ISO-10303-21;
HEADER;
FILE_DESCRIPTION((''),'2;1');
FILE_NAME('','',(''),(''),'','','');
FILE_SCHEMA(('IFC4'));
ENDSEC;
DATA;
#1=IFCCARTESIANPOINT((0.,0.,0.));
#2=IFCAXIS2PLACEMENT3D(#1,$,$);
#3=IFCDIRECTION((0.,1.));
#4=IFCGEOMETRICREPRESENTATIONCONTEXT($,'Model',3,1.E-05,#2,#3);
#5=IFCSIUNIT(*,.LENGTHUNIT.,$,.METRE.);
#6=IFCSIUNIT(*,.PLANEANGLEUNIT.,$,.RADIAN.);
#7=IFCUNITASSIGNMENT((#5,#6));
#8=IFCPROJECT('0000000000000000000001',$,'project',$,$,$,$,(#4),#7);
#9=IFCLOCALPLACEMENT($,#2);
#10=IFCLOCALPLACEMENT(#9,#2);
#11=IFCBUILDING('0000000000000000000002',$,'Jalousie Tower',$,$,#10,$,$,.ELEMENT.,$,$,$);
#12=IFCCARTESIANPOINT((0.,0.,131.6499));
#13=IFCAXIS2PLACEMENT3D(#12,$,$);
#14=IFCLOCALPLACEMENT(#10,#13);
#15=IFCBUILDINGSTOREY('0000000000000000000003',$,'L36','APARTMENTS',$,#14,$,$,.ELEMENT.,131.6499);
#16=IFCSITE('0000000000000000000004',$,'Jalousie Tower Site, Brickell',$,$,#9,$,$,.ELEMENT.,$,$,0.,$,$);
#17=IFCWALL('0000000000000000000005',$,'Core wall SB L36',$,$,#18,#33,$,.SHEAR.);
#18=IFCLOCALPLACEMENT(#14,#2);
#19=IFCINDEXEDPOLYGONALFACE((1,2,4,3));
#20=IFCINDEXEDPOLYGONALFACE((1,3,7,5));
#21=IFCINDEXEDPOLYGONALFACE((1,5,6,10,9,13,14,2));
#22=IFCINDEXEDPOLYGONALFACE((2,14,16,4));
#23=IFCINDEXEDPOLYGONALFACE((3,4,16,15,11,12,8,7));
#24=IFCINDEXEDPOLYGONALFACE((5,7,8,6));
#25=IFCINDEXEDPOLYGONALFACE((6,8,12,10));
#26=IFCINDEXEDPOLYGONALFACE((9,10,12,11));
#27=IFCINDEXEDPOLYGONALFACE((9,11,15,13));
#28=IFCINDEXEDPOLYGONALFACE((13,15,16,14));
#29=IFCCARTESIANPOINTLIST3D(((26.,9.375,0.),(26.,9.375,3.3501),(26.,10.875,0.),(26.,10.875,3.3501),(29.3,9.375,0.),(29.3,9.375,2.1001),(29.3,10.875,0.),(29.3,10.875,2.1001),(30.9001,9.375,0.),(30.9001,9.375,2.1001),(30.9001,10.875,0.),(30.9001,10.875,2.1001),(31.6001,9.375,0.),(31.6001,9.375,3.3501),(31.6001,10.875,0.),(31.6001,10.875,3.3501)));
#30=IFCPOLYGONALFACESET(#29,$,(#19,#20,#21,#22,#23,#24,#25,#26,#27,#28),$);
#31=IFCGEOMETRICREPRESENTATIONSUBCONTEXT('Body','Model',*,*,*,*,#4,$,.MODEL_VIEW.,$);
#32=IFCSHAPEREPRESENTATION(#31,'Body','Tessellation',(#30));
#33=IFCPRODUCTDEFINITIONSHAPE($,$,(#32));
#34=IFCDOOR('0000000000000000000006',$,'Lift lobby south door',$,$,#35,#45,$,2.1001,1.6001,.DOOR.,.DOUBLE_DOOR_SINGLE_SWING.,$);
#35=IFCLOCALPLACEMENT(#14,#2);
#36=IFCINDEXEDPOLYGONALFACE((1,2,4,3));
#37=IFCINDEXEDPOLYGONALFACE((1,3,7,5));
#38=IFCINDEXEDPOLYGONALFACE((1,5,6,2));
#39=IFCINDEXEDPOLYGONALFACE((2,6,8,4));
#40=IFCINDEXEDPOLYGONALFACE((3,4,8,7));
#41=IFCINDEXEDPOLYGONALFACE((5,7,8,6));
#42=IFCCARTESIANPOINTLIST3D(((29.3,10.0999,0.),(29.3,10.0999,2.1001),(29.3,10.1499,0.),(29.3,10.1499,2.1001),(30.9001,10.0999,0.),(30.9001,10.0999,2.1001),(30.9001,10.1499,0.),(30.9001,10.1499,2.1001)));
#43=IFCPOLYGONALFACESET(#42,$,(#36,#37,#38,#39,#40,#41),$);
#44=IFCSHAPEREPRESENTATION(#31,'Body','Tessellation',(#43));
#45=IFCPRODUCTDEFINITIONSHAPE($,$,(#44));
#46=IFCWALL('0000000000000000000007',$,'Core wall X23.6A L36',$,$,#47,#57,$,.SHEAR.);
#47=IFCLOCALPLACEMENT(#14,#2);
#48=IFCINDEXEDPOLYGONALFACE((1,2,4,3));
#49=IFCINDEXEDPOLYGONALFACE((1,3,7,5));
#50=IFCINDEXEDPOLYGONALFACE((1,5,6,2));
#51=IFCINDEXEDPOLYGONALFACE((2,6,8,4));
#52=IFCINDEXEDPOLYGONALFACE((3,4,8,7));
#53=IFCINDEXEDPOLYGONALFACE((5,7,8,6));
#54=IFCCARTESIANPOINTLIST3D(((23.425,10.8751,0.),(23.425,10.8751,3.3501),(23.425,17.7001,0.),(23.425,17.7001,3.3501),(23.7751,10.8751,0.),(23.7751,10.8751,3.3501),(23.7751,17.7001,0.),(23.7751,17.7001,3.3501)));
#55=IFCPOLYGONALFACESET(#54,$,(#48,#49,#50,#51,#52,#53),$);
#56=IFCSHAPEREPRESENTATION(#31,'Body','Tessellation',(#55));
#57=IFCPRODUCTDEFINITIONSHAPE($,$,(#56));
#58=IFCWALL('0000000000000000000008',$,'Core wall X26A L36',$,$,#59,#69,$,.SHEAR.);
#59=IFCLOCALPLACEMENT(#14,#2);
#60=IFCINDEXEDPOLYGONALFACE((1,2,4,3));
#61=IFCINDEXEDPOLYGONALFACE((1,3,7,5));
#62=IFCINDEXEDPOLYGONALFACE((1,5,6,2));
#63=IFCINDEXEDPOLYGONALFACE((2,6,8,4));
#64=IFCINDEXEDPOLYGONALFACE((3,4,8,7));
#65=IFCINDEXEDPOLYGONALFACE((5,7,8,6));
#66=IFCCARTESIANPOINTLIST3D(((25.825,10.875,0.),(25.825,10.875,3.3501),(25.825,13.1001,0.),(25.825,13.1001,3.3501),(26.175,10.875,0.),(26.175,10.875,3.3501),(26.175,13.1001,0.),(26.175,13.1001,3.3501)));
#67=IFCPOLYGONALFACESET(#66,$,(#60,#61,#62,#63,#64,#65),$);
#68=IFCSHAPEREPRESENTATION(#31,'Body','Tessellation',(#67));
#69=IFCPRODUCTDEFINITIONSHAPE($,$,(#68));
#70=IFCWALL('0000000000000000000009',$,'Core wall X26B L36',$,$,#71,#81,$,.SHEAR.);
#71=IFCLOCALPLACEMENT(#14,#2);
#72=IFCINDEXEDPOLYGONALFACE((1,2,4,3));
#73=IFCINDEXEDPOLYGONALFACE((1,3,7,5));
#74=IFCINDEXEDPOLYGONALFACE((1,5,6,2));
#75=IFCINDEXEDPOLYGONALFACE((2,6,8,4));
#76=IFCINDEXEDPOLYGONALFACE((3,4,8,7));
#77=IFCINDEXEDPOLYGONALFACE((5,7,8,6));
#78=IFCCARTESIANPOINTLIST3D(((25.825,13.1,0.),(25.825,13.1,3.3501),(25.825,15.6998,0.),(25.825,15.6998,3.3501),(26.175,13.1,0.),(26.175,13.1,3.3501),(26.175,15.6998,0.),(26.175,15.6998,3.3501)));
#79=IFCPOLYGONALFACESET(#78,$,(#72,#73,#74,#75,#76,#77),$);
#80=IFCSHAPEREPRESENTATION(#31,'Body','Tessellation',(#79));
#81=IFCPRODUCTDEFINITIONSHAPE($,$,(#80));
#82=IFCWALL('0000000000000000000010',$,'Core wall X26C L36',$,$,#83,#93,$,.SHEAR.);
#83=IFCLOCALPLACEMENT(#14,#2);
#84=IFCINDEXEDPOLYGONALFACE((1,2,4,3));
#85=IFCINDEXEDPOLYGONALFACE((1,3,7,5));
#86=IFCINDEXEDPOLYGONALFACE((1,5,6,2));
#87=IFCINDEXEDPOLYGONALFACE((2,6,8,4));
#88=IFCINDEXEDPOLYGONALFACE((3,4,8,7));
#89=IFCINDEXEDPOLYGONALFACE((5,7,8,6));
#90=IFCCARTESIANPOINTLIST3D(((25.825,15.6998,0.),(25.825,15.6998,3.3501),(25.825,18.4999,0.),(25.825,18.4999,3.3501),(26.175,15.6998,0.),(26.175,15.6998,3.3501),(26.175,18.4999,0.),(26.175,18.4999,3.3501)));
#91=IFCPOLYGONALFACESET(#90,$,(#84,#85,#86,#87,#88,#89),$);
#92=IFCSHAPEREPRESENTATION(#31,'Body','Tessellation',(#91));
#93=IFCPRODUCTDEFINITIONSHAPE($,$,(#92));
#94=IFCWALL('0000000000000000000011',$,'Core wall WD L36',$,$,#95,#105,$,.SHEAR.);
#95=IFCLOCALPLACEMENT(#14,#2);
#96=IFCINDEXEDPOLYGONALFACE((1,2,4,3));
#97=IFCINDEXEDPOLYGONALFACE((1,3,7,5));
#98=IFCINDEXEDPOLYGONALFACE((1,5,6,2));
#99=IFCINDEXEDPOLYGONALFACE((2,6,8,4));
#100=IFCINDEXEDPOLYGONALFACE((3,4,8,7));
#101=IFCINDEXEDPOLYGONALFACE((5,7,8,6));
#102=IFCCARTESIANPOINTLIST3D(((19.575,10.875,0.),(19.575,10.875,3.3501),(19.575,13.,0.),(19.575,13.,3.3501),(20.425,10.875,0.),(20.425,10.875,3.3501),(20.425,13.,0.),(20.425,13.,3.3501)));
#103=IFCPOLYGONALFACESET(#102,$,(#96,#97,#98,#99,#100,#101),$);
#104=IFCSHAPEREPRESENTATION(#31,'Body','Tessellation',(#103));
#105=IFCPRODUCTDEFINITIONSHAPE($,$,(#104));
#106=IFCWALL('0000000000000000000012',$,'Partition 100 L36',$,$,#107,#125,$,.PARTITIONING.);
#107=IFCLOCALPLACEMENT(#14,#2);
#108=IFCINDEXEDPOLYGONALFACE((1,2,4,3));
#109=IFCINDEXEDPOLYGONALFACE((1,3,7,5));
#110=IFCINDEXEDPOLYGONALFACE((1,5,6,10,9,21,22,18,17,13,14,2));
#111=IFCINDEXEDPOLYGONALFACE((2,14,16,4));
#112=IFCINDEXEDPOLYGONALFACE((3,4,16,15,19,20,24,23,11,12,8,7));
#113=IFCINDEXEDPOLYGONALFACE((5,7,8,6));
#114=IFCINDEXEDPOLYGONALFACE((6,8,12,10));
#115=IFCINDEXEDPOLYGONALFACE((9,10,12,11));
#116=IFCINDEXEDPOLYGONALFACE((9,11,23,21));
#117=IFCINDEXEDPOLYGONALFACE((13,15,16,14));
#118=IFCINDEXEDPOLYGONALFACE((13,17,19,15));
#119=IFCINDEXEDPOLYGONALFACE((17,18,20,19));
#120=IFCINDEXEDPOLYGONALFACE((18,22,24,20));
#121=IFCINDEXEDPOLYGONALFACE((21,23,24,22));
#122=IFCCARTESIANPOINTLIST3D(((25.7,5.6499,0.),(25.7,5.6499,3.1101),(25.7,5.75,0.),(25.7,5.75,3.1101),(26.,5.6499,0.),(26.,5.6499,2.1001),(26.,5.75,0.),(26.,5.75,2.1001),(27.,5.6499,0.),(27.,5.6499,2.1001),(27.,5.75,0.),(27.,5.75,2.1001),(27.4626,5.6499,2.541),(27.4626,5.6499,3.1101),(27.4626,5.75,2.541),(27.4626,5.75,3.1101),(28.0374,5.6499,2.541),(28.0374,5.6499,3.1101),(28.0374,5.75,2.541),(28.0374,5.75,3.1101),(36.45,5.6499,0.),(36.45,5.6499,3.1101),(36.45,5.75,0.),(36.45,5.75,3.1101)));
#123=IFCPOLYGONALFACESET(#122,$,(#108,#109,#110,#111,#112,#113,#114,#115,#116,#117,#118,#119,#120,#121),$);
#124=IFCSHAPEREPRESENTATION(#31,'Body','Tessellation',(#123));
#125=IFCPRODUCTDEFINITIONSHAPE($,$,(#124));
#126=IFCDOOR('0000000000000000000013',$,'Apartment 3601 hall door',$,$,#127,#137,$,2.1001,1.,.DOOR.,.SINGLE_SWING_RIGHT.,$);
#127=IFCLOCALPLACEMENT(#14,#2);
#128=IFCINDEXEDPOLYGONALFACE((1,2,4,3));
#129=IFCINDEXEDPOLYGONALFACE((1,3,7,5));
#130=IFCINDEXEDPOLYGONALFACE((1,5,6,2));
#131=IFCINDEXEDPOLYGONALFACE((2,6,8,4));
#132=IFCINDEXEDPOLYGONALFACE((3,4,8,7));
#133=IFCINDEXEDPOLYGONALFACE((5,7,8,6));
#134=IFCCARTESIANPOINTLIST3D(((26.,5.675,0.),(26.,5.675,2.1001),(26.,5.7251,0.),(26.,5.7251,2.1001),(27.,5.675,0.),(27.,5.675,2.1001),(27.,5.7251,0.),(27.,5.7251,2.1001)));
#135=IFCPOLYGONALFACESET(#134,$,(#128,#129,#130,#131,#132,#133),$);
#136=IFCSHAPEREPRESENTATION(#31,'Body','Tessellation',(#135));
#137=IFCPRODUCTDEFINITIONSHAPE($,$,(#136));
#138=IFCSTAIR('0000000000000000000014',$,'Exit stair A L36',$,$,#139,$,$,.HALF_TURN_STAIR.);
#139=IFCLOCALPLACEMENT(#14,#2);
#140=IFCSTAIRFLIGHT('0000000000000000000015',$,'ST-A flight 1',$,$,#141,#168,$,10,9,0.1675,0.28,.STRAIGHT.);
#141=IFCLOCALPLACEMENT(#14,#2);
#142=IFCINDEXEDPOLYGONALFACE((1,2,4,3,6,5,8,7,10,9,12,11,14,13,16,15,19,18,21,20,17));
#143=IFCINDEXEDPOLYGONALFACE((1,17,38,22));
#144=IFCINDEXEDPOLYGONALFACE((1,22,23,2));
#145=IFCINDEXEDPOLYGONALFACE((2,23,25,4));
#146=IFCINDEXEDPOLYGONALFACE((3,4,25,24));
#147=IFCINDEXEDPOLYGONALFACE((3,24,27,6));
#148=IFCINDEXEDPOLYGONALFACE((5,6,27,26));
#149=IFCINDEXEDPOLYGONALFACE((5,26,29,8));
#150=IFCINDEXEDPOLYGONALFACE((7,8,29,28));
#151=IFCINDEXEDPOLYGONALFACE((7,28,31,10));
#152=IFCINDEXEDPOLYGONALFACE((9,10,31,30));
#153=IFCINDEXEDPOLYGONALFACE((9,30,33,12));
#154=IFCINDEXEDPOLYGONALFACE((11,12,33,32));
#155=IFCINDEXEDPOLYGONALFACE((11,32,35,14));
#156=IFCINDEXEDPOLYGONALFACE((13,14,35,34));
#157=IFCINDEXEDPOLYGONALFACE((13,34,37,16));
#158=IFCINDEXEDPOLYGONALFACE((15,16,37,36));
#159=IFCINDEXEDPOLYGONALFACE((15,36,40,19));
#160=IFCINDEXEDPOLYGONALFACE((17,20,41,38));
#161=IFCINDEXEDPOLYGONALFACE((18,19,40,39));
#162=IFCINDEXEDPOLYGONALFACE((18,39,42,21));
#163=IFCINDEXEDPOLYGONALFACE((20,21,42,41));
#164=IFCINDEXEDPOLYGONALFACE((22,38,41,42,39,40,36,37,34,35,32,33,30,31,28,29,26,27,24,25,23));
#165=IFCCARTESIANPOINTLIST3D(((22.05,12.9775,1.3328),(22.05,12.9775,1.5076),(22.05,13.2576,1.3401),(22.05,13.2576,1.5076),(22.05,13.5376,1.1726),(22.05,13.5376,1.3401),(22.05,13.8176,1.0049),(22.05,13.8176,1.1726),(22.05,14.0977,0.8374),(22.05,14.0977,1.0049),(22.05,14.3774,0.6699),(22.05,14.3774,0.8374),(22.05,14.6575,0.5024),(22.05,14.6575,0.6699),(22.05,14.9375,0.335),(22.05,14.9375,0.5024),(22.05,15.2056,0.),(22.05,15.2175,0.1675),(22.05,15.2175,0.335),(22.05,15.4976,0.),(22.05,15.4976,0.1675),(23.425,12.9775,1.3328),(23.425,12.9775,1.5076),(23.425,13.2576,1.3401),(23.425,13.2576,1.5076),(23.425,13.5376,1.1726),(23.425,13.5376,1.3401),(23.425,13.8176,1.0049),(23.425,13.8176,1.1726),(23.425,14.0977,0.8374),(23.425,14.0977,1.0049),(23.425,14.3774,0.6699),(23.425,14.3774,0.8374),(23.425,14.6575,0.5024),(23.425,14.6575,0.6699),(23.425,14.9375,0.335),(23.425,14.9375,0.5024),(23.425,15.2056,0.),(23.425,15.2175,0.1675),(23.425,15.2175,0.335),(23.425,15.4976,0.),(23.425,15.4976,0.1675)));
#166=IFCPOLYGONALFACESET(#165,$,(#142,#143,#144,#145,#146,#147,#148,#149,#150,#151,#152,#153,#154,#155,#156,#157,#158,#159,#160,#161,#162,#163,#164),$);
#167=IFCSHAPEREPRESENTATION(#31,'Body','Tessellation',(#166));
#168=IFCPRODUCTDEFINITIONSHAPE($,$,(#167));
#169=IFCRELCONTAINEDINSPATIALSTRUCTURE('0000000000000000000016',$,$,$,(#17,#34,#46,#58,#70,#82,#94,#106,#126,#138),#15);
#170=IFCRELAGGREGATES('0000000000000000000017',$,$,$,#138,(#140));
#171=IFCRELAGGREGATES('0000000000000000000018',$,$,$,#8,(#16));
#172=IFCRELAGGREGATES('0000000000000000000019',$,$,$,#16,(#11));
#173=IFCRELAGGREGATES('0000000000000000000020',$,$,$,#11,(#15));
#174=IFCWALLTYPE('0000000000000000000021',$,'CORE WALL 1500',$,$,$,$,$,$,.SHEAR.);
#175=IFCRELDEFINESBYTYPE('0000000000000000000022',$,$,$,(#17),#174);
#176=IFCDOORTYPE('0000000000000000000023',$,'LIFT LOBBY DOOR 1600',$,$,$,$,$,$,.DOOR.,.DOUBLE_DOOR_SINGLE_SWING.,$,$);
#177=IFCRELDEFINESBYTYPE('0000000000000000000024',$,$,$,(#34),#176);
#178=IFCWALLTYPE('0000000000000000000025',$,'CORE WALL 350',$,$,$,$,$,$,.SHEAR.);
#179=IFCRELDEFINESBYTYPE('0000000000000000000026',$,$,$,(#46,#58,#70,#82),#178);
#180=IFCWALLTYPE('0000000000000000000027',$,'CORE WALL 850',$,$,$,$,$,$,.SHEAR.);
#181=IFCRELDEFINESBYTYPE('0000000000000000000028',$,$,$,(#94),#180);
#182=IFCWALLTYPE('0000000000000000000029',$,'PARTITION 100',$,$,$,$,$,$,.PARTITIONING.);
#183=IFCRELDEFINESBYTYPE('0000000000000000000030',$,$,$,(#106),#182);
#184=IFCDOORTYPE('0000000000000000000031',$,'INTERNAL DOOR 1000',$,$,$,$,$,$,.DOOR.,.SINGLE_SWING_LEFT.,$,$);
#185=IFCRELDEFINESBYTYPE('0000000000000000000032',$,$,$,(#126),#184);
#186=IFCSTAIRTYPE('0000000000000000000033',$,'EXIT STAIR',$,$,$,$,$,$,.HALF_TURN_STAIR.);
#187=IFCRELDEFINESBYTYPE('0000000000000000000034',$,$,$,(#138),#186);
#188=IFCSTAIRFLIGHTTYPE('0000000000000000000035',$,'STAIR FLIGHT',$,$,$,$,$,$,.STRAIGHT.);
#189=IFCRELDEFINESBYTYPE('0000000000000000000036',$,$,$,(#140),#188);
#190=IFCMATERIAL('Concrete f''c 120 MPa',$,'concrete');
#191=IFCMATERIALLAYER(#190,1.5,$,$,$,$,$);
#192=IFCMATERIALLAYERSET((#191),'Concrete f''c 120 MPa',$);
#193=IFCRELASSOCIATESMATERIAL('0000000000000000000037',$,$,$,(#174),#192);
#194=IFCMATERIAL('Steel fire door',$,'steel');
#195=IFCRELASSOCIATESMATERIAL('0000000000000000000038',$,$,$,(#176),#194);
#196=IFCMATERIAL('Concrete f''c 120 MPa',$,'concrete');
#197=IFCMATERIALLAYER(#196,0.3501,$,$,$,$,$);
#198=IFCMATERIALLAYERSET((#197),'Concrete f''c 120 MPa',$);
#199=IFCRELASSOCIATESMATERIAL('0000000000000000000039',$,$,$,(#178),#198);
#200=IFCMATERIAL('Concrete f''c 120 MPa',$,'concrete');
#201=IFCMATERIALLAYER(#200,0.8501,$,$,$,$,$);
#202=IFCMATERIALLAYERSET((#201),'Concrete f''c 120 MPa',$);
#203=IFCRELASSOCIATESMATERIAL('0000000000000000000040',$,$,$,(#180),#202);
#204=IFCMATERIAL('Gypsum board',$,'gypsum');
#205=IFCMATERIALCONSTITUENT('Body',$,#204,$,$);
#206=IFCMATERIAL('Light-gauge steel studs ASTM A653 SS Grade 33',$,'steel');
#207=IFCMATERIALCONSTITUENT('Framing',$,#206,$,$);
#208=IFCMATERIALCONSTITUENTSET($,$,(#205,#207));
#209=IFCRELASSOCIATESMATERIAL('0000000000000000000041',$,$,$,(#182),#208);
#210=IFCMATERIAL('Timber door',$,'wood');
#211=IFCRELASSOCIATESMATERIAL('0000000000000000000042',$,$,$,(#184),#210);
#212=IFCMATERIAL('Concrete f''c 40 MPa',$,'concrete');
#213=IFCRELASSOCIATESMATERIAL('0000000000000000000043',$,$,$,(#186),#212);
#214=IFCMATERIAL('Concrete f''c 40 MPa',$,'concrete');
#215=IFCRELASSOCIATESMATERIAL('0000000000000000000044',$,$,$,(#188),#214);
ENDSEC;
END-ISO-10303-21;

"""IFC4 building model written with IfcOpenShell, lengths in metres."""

from ifc_helpers import new_model, si_unit, direction, frame, frame_2d, origin, place, context, subcontext, project, spatial, polyline, rectangle, outline, extrude, material, layer, layer_set, constituent, constituent_set, type_object, element, fill, aggregate, save


model = new_model("IFC4")

# Units and contexts
model_context = context("Model", 3, precision=1e-05, world=origin(), true_north=direction((0.0, 1.0)))
body_context = subcontext(model_context, "Body", "Model", "MODEL_VIEW")
ifc_project = project(units=[si_unit("LENGTHUNIT", "METRE"), si_unit("PLANEANGLEUNIT", "RADIAN")], contexts=[model_context])

# Site, building, storey
site_placement = place(None, origin())
site = spatial("IfcSite", under=ifc_project, at=site_placement, Name="Jalousie Tower Site, Brickell", CompositionType="ELEMENT", RefElevation=0.0)
building_placement = place(site_placement, origin())
building = spatial("IfcBuilding", under=site, at=building_placement, Name="Jalousie Tower", CompositionType="ELEMENT")
storey_placement = place(building_placement, frame((0.0, 0.0, 131.6499)))
storey = spatial("IfcBuildingStorey", under=building, at=storey_placement, Name="L36", Description="APARTMENTS", CompositionType="ELEMENT", Elevation=131.6499)

# Wall, opening, door
ifc_material_1 = material(Name="Concrete f'c 120 MPa", Category="concrete")
ifc_layer_1 = layer(ifc_material_1, 1.5)
ifc_layer_set_1 = layer_set([ifc_layer_1], Name="Concrete f'c 120 MPa")
wall_type_1 = type_object("IfcWallType", Name="CORE WALL 1500", PredefinedType="SHEAR", material=ifc_layer_set_1)
wall_1_placement = place(storey_placement, frame((26.0, 10.125, 0.0), z_axis=(0.0, 0.0, 1.0), x_axis=(1.0, 0.0, 0.0)))
wall_1 = element("IfcWall", 1, at=wall_1_placement, inside=storey, type_object=wall_type_1, Name="Core wall SB L36", PredefinedType="SHEAR", context=body_context, shape_type="SweptSolid", body=[
    extrude(rectangle(XDim=5.6001, YDim=1.5, at=frame_2d((2.8, 0.0))), origin(), (0.0, 0.0, 1.0), 3.3501),
])
opening_1_placement = place(wall_1_placement, frame((3.3, 0.0, 0.0)))
opening_1 = element("IfcOpeningElement", 2, at=opening_1_placement, cuts=wall_1, PredefinedType="OPENING", context=body_context, shape_type="SweptSolid", body=[
    extrude(rectangle(XDim=1.6001, YDim=2.1001, at=frame_2d((0.8, 1.05))), frame((0.0, 0.76, 0.0), z_axis=(0.0, -1.0, 0.0), x_axis=(1.0, 0.0, 0.0)), (0.0, 0.0, 1.0), 1.52),
])
ifc_material_2 = material(Name="Steel fire door", Category="steel")
door_type_1 = type_object("IfcDoorType", Name="LIFT LOBBY DOOR 1600", OperationType="DOUBLE_DOOR_SINGLE_SWING", PredefinedType="DOOR", material=ifc_material_2)
door_1_placement = place(opening_1_placement, origin())
door_1 = element("IfcDoor", 3, at=door_1_placement, inside=storey, type_object=door_type_1, Name="Lift lobby south door", OperationType="DOUBLE_DOOR_SINGLE_SWING", OverallHeight=2.1001, OverallWidth=1.6001, PredefinedType="DOOR", context=body_context, shape_type="SweptSolid", body=[
    extrude(rectangle(XDim=1.6001, YDim=2.1001, at=frame_2d((0.8, 1.05))), frame((0.0, 0.0249, 0.0), z_axis=(0.0, -1.0, 0.0), x_axis=(1.0, 0.0, 0.0)), (0.0, 0.0, 1.0), 0.05),
])
fill(opening_1, door_1)

# Walls
ifc_material_3 = material(Name="Concrete f'c 120 MPa", Category="concrete")
ifc_layer_2 = layer(ifc_material_3, 0.3501)
ifc_layer_set_2 = layer_set([ifc_layer_2], Name="Concrete f'c 120 MPa")
wall_type_2 = type_object("IfcWallType", Name="CORE WALL 350", PredefinedType="SHEAR", material=ifc_layer_set_2)
wall_2_placement = place(storey_placement, frame((23.6001, 10.875, 0.0), z_axis=(0.0, 0.0, 1.0), x_axis=(0.0, 1.0, 0.0)))
element("IfcWall", 4, at=wall_2_placement, inside=storey, type_object=wall_type_2, Name="Core wall X23.6A L36", PredefinedType="SHEAR", context=body_context, shape_type="SweptSolid", body=[
    extrude(rectangle(XDim=6.825, YDim=0.3501, at=frame_2d((3.4126, 0.0))), origin(), (0.0, 0.0, 1.0), 3.3501),
])
wall_3_placement = place(storey_placement, frame((26.0, 10.875, 0.0), z_axis=(0.0, 0.0, 1.0), x_axis=(0.0, 1.0, 0.0)))
element("IfcWall", 5, at=wall_3_placement, inside=storey, type_object=wall_type_2, Name="Core wall X26A L36", PredefinedType="SHEAR", context=body_context, shape_type="SweptSolid", body=[
    extrude(rectangle(XDim=2.2251, YDim=0.3501, at=frame_2d((1.1125, 0.0))), origin(), (0.0, 0.0, 1.0), 3.3501),
])
wall_4_placement = place(storey_placement, frame((26.0, 13.1001, 0.0), z_axis=(0.0, 0.0, 1.0), x_axis=(0.0, 1.0, 0.0)))
element("IfcWall", 6, at=wall_4_placement, inside=storey, type_object=wall_type_2, Name="Core wall X26B L36", PredefinedType="SHEAR", context=body_context, shape_type="SweptSolid", body=[
    extrude(rectangle(XDim=2.5999, YDim=0.3501, at=frame_2d((1.2998, 0.0))), origin(), (0.0, 0.0, 1.0), 3.3501),
])
wall_5_placement = place(storey_placement, frame((26.0, 15.7, 0.0), z_axis=(0.0, 0.0, 1.0), x_axis=(0.0, 1.0, 0.0)))
element("IfcWall", 7, at=wall_5_placement, inside=storey, type_object=wall_type_2, Name="Core wall X26C L36", PredefinedType="SHEAR", context=body_context, shape_type="SweptSolid", body=[
    extrude(rectangle(XDim=2.8, YDim=0.3501, at=frame_2d((1.3999, 0.0))), origin(), (0.0, 0.0, 1.0), 3.3501),
])
ifc_material_4 = material(Name="Concrete f'c 120 MPa", Category="concrete")
ifc_layer_3 = layer(ifc_material_4, 0.8501)
ifc_layer_set_3 = layer_set([ifc_layer_3], Name="Concrete f'c 120 MPa")
wall_type_3 = type_object("IfcWallType", Name="CORE WALL 850", PredefinedType="SHEAR", material=ifc_layer_set_3)
wall_6_placement = place(storey_placement, frame((20.0, 13.0, 0.0), z_axis=(0.0, 0.0, 1.0), x_axis=(0.0, -1.0, 0.0)))
element("IfcWall", 8, at=wall_6_placement, inside=storey, type_object=wall_type_3, Name="Core wall WD L36", PredefinedType="SHEAR", context=body_context, shape_type="SweptSolid", body=[
    extrude(rectangle(XDim=2.125, YDim=0.8501, at=frame_2d((1.0625, 0.0))), origin(), (0.0, 0.0, 1.0), 3.3501),
])

# Wall, opening, door
ifc_material_5 = material(Name="Gypsum board", Category="gypsum")
ifc_constituent_1 = constituent(ifc_material_5, Name="Body")
ifc_material_6 = material(Name="Light-gauge steel studs ASTM A653 SS Grade 33", Category="steel")
ifc_constituent_2 = constituent(ifc_material_6, Name="Framing")
ifc_constituent_set_1 = constituent_set(constituents=[ifc_constituent_1, ifc_constituent_2])
wall_type_4 = type_object("IfcWallType", Name="PARTITION 100", PredefinedType="PARTITIONING", material=ifc_constituent_set_1)
wall_7_placement = place(storey_placement, frame((25.7, 5.7, 0.0), z_axis=(0.0, 0.0, 1.0), x_axis=(1.0, 0.0, 0.0)))
wall_7 = element("IfcWall", 9, at=wall_7_placement, inside=storey, type_object=wall_type_4, Name="Partition 100 L36", PredefinedType="PARTITIONING", context=body_context, shape_type="SweptSolid", body=[
    extrude(outline(polyline([(0.0, 0.0), (10.75, 0.0), (10.75, 3.1101), (2.3374, 3.1101), (2.3374, 2.541), (1.7627, 2.541), (1.7627, 3.1101), (0.0, 3.1101), (0.0, 0.0)])), frame((0.0, 0.05, 0.0), z_axis=(0.0, -1.0, 0.0), x_axis=(1.0, 0.0, 0.0)), (0.0, 0.0, 1.0), 0.1001),
])
opening_2_placement = place(wall_7_placement, frame((0.3, 0.0, 0.0)))
opening_2 = element("IfcOpeningElement", 10, at=opening_2_placement, cuts=wall_7, PredefinedType="OPENING", context=body_context, shape_type="SweptSolid", body=[
    extrude(rectangle(XDim=1.0, YDim=2.1001, at=frame_2d((0.5, 1.05))), frame((0.0, 0.0601, 0.0), z_axis=(0.0, -1.0, 0.0), x_axis=(1.0, 0.0, 0.0)), (0.0, 0.0, 1.0), 0.1201),
])
ifc_material_7 = material(Name="Timber door", Category="wood")
door_type_2 = type_object("IfcDoorType", Name="INTERNAL DOOR 1000", OperationType="SINGLE_SWING_LEFT", PredefinedType="DOOR", material=ifc_material_7)
door_2_placement = place(opening_2_placement, frame((1.0, 0.0, 0.0), z_axis=(0.0, 0.0, 1.0), x_axis=(-1.0, 0.0, 0.0)))
door_2 = element("IfcDoor", 11, at=door_2_placement, inside=storey, type_object=door_type_2, Name="Apartment 3601 hall door", OperationType="SINGLE_SWING_RIGHT", OverallHeight=2.1001, OverallWidth=1.0, PredefinedType="DOOR", context=body_context, shape_type="SweptSolid", body=[
    extrude(rectangle(XDim=1.0, YDim=2.1001, at=frame_2d((0.5, 1.05))), frame((0.0, 0.0249, 0.0), z_axis=(0.0, -1.0, 0.0), x_axis=(1.0, 0.0, 0.0)), (0.0, 0.0, 1.0), 0.05),
])
fill(opening_2, door_2)

# Stair, stair flight
ifc_material_8 = material(Name="Concrete f'c 40 MPa", Category="concrete")
stair_type = type_object("IfcStairType", Name="EXIT STAIR", PredefinedType="HALF_TURN_STAIR", material=ifc_material_8)
stair_placement = place(storey_placement, origin())
stair = element("IfcStair", 12, at=stair_placement, inside=storey, type_object=stair_type, Name="Exit stair A L36", PredefinedType="HALF_TURN_STAIR")
ifc_material_9 = material(Name="Concrete f'c 40 MPa", Category="concrete")
stair_flight_type = type_object("IfcStairFlightType", Name="STAIR FLIGHT", PredefinedType="STRAIGHT", material=ifc_material_9)
stair_flight_1_placement = place(storey_placement, frame((22.7375, 15.4976, 0.0), z_axis=(0.0, 0.0, 1.0), x_axis=(0.0, -1.0, 0.0)))
stair_flight_1 = element("IfcStairFlight", 13, at=stair_flight_1_placement, type_object=stair_flight_type, Name="ST-A flight 1", NumberOfRisers=10, NumberOfTreads=9, PredefinedType="STRAIGHT", RiserHeight=0.1675, TreadLength=0.28, context=body_context, shape_type="SweptSolid", body=[
    extrude(outline(polyline([(0.0, 0.0), (0.0, 0.1675), (0.28, 0.1675), (0.28, 0.335), (0.5601, 0.335), (0.5601, 0.5024), (0.8401, 0.5024), (0.8401, 0.6699), (1.1201, 0.6699), (1.1201, 0.8374), (1.3999, 0.8374), (1.3999, 1.0049), (1.6799, 1.0049), (1.6799, 1.1726), (1.96, 1.1726), (1.96, 1.3401), (2.24, 1.3401), (2.24, 1.5076), (2.52, 1.5076), (2.52, 1.675), (2.52, 1.3328), (0.292, 0.0), (0.0, 0.0)])), frame((0.0, 0.6875, 0.0), z_axis=(0.0, -1.0, 0.0), x_axis=(1.0, 0.0, 0.0)), (0.0, 0.0, 1.0), 1.375),
])
aggregate(stair, [stair_flight_1])

save(model, "model.ifc")
